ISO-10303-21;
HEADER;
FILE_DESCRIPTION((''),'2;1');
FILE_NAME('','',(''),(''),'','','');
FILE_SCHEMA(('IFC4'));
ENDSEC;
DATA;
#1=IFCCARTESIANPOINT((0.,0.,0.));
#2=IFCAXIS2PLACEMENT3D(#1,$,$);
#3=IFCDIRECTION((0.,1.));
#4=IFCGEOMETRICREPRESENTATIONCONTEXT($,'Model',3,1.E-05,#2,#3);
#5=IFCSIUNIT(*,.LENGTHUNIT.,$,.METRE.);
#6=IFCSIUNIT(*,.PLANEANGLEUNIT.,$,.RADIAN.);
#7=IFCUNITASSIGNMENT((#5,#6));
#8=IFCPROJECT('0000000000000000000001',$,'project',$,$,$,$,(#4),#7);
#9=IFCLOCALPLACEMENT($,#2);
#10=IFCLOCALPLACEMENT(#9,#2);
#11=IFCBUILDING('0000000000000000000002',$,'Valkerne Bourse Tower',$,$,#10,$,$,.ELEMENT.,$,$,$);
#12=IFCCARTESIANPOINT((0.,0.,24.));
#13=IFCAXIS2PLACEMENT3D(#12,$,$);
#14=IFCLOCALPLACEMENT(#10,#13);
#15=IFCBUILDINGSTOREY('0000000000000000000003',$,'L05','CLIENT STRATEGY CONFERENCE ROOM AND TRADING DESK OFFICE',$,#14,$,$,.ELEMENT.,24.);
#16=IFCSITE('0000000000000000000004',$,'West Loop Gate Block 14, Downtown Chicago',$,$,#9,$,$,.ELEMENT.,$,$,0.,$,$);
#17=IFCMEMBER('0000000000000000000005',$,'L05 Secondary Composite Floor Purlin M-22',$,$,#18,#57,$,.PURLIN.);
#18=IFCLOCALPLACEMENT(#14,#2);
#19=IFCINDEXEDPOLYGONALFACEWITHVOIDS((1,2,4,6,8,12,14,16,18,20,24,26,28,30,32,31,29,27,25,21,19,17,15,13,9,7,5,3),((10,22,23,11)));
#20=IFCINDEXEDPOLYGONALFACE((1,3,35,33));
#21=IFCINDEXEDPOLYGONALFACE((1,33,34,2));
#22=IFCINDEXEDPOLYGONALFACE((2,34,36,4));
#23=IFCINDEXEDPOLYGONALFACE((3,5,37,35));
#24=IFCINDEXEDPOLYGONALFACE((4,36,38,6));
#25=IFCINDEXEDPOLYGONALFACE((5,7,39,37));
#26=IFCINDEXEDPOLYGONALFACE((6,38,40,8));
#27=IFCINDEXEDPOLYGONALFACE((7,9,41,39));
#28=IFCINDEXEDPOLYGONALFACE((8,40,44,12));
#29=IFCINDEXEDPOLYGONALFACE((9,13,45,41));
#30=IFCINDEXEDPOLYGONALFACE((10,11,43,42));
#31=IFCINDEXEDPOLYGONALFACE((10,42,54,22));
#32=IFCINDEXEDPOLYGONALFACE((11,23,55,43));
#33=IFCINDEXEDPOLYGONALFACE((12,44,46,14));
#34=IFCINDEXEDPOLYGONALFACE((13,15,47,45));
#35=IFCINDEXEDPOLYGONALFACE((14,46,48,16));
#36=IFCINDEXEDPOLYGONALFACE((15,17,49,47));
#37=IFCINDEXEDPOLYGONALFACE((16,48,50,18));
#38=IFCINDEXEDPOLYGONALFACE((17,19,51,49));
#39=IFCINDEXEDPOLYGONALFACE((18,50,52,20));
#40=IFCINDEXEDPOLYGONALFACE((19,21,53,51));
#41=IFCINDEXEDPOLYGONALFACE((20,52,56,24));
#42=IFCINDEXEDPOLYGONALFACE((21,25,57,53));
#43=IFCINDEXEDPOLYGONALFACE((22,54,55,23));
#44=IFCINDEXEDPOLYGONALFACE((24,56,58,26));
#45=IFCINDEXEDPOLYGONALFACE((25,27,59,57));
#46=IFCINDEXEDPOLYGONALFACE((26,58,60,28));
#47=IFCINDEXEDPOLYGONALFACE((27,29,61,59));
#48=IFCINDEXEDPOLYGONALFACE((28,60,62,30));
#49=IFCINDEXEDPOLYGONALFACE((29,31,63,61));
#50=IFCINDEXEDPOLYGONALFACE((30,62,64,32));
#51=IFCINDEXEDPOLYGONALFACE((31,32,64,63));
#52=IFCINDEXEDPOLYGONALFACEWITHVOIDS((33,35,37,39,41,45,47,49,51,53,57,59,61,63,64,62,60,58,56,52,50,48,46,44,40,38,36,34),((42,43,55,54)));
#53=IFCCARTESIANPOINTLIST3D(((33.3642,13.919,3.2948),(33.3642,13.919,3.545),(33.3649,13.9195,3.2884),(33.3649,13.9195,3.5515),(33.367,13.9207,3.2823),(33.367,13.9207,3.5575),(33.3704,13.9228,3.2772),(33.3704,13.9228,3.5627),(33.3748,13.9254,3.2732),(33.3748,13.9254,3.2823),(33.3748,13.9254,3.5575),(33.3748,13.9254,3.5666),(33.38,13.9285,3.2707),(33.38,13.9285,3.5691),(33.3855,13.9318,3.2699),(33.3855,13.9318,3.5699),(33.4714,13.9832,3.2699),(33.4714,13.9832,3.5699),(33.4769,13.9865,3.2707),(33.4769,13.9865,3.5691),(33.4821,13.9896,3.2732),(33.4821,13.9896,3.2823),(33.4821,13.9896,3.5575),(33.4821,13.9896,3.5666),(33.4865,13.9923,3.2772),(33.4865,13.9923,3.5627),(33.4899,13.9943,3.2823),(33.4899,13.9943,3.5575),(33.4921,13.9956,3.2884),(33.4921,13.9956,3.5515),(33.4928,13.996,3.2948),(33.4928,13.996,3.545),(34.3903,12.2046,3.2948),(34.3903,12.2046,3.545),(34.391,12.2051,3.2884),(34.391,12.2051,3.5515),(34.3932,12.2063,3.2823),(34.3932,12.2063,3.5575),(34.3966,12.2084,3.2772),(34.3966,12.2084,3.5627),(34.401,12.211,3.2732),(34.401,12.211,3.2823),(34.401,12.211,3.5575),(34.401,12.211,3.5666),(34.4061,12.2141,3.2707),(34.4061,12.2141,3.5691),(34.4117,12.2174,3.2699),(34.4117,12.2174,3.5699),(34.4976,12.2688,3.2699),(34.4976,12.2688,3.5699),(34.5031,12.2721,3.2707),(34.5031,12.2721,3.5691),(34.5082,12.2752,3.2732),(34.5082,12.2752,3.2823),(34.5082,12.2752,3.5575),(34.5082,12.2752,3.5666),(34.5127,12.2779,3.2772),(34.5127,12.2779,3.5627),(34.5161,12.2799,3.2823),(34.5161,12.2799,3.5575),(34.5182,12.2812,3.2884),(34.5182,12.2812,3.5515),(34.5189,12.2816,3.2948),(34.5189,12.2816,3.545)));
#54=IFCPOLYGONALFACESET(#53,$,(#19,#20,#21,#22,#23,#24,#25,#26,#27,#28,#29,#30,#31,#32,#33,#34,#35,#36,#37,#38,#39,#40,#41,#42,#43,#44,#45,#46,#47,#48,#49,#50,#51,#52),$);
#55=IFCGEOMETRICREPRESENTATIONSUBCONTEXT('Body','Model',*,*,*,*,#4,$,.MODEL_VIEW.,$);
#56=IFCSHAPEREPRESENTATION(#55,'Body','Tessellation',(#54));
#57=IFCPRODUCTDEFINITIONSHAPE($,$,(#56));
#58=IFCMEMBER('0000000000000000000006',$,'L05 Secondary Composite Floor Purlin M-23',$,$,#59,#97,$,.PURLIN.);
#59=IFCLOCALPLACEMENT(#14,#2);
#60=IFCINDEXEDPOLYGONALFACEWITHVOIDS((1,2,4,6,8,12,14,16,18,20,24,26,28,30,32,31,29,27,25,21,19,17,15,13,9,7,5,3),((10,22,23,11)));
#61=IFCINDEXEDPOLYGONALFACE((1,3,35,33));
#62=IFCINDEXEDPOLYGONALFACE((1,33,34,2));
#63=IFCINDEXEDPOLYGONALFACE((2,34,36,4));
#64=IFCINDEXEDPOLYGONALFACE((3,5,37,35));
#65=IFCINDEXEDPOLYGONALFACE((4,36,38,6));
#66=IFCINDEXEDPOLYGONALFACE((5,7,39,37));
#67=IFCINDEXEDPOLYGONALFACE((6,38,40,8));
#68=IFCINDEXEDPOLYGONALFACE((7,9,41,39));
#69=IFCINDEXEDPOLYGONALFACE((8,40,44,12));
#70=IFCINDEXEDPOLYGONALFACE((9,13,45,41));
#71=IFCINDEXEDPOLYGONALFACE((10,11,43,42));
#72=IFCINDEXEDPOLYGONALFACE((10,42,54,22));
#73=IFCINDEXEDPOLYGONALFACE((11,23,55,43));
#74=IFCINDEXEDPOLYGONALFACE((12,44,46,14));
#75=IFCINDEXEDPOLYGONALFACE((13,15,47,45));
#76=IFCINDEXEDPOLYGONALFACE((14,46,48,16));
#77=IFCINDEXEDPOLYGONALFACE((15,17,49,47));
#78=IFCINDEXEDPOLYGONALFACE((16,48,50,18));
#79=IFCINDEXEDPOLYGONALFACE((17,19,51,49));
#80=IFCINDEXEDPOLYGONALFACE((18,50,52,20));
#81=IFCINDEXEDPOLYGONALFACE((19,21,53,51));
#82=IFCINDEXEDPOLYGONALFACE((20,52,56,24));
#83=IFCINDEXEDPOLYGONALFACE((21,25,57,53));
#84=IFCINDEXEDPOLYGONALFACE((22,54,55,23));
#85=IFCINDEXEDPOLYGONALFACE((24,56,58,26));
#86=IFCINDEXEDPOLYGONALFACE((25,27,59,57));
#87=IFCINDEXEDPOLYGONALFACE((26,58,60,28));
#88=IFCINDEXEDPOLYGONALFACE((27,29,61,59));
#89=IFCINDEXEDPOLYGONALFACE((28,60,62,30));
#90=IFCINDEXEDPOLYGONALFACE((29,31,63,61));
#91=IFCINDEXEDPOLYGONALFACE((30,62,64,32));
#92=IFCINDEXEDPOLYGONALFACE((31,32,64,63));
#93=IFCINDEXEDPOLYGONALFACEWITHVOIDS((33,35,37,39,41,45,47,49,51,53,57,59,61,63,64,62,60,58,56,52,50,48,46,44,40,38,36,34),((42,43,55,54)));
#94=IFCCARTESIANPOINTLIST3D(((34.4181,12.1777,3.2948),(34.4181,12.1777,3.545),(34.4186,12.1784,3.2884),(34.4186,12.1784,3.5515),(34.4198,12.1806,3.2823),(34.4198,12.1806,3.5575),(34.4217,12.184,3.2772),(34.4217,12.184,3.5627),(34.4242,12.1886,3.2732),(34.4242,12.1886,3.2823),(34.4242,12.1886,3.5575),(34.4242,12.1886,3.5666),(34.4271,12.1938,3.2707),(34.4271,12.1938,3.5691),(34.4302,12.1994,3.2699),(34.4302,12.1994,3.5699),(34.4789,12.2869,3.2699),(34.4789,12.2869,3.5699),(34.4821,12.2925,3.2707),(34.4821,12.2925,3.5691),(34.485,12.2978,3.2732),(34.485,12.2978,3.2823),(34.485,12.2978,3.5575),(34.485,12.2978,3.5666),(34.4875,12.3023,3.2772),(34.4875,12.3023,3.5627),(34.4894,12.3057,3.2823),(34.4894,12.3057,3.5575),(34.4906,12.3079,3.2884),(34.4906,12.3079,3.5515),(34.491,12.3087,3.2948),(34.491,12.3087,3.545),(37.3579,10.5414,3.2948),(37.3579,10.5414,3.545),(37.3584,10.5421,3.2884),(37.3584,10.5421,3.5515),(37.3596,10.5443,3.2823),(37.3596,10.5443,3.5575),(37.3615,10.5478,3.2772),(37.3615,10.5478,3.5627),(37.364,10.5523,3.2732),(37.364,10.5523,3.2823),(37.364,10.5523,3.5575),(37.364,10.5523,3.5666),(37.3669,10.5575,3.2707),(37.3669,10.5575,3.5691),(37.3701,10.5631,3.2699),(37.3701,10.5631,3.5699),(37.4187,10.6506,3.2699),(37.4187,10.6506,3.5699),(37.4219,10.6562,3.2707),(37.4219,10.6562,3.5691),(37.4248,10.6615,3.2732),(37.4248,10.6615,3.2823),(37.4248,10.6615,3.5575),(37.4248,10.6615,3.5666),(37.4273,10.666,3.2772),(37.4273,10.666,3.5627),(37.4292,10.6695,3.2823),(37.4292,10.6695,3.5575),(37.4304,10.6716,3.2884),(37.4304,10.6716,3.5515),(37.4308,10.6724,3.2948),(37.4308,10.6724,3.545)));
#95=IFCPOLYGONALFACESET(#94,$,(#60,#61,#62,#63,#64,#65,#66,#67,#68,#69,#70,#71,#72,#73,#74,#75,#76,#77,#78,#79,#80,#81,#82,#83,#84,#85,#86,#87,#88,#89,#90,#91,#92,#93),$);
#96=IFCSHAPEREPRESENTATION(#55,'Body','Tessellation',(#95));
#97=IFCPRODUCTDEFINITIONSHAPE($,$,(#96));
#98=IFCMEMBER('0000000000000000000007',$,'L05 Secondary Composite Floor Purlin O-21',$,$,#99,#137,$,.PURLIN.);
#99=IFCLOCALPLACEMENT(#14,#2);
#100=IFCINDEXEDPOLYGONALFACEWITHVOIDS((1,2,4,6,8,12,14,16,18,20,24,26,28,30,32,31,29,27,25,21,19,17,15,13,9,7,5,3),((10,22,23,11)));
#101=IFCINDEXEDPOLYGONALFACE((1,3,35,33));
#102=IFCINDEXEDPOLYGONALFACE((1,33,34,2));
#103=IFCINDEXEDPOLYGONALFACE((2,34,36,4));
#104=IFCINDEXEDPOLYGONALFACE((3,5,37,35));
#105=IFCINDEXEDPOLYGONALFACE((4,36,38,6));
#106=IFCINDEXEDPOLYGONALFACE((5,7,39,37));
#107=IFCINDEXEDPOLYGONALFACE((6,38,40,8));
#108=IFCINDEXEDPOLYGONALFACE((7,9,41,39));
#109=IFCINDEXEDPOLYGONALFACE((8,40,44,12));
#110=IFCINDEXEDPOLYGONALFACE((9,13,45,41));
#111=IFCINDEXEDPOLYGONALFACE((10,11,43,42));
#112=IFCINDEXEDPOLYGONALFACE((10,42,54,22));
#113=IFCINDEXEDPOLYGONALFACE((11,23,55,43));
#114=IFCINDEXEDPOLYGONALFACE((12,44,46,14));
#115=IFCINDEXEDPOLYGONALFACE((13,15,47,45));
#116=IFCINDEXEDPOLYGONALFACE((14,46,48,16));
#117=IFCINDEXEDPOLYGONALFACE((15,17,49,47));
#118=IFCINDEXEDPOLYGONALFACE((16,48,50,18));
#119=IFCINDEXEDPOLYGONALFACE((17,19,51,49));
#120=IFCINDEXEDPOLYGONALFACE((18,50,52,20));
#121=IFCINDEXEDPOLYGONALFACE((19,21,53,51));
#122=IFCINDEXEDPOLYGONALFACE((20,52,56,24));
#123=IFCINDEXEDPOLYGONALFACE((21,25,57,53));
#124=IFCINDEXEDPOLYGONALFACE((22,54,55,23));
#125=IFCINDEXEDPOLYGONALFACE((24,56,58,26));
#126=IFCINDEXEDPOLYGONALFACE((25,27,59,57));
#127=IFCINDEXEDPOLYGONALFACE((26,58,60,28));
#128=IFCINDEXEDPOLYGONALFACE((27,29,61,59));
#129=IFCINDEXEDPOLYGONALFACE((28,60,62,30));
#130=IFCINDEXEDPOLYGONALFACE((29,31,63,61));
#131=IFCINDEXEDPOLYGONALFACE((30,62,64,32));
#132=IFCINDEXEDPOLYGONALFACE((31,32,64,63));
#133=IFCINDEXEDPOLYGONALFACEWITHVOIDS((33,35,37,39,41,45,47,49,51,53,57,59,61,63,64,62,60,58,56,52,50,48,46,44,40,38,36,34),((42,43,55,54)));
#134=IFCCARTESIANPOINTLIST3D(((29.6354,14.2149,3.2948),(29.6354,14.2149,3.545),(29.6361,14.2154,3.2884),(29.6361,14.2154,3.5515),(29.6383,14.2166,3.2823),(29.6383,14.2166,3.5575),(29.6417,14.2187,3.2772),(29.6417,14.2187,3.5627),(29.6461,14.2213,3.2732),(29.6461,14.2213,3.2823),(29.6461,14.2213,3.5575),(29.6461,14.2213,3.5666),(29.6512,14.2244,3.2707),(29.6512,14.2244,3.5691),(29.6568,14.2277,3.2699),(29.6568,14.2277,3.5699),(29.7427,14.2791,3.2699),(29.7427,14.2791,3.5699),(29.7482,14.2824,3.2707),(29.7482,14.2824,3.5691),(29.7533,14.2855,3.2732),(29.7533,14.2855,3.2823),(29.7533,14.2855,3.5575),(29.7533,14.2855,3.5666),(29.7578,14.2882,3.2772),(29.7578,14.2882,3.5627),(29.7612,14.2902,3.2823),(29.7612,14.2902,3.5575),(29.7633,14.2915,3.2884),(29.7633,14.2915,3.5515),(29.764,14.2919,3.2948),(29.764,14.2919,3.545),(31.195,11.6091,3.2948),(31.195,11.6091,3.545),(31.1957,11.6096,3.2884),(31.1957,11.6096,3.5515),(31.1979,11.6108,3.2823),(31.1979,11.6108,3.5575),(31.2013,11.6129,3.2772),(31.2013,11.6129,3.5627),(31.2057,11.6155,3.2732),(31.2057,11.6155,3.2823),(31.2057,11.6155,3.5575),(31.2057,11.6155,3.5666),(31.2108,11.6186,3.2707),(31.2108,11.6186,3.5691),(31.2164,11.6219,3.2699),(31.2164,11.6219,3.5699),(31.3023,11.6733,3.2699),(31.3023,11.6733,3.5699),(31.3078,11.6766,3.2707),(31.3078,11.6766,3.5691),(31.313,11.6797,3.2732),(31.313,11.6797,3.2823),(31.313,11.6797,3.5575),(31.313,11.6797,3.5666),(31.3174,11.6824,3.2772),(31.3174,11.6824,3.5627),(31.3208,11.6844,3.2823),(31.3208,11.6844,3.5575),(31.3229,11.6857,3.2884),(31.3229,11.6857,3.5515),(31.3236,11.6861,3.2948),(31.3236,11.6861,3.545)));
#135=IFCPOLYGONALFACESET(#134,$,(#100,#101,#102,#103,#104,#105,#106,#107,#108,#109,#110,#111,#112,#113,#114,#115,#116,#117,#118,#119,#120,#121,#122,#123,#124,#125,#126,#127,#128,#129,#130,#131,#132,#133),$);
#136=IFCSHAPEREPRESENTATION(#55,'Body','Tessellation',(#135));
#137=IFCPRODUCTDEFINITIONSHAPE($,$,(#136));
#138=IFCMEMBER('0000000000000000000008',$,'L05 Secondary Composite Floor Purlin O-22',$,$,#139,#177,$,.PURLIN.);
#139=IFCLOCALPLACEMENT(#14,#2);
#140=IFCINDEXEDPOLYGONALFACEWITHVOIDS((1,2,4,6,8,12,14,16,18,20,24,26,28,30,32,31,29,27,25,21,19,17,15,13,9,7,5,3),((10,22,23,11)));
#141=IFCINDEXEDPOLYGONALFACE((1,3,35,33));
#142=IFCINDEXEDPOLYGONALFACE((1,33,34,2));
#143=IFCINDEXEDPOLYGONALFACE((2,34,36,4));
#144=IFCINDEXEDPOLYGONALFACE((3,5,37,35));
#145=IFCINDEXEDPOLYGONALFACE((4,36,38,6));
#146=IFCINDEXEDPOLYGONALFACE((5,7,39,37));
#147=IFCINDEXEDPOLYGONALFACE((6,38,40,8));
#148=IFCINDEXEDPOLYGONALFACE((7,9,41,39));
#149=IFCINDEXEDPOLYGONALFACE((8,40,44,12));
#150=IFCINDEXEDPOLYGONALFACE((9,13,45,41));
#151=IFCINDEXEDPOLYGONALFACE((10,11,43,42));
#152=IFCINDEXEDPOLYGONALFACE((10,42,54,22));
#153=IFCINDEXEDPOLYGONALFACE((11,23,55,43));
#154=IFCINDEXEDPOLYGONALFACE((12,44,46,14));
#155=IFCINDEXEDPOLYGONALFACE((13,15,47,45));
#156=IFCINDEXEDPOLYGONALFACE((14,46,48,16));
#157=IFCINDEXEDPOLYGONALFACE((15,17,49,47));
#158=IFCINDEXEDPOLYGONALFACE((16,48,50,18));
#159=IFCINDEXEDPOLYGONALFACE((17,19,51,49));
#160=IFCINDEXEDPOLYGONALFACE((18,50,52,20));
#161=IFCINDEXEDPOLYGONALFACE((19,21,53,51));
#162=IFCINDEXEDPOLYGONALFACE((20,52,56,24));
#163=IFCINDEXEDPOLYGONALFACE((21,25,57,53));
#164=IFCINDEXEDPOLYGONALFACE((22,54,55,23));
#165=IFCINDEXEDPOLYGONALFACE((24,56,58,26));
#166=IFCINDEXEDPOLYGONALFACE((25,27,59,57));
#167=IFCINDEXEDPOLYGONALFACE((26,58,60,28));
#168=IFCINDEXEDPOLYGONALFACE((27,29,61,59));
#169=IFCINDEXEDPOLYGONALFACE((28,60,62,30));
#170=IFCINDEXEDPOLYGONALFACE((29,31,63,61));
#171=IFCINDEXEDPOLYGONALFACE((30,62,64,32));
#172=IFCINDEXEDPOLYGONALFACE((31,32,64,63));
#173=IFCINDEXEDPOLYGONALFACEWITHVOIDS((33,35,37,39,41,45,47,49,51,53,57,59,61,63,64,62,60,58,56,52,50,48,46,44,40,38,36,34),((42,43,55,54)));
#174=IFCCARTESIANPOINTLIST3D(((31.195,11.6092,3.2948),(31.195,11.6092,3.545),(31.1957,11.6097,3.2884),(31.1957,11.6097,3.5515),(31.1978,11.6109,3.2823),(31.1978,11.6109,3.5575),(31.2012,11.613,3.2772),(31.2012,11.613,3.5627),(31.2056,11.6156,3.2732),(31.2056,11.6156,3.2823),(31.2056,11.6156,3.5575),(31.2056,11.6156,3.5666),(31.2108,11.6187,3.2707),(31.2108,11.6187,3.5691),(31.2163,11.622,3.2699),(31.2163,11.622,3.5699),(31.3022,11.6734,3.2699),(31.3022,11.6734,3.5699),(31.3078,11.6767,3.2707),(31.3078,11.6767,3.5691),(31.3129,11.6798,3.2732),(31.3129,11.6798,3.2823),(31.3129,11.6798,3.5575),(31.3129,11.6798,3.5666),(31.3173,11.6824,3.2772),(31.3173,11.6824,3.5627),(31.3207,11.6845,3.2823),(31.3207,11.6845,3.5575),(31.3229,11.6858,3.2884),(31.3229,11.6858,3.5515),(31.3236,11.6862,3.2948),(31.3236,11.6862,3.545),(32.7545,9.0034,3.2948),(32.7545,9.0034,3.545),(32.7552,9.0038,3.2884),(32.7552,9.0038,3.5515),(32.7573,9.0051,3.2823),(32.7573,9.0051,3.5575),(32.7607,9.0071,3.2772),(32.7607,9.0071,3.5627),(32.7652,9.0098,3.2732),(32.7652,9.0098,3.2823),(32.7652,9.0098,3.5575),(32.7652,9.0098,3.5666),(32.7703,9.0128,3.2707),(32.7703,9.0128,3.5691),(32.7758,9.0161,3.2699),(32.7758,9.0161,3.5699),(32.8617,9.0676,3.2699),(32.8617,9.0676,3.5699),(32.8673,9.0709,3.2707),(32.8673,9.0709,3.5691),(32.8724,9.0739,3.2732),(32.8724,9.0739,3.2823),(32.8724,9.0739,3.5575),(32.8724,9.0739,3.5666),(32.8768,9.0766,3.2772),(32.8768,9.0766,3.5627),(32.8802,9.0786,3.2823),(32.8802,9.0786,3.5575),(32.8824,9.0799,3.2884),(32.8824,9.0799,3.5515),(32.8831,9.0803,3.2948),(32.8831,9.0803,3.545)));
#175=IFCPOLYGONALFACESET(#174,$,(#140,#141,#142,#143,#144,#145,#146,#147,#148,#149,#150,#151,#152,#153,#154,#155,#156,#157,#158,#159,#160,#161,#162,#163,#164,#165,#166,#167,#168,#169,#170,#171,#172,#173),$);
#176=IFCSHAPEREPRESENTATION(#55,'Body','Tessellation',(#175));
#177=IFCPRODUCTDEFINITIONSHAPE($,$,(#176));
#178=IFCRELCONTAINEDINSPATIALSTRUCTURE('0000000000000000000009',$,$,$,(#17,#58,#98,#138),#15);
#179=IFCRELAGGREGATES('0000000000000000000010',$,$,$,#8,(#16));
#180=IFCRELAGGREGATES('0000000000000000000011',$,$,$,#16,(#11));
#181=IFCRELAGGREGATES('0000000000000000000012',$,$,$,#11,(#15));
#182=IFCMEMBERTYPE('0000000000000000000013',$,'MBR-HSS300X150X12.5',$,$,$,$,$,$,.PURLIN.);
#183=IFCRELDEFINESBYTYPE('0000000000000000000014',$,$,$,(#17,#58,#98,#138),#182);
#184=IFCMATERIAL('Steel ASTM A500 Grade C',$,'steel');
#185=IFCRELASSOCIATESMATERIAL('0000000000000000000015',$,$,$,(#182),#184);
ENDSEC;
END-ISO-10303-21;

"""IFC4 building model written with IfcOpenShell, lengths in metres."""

from ifc_helpers import new_model, si_unit, direction, frame, origin, origin_2d, place, context, subcontext, project, spatial, hollow_rectangle, extrude, material, material_profile, profile_set, type_object, element, save


model = new_model("IFC4")

# Units and contexts
model_context = context("Model", 3, precision=1e-05, world=origin(), true_north=direction((0.0, 1.0)))
body_context = subcontext(model_context, "Body", "Model", "MODEL_VIEW")
ifc_project = project(units=[si_unit("LENGTHUNIT", "METRE"), si_unit("PLANEANGLEUNIT", "RADIAN")], contexts=[model_context])

# Site, building, storey
site_placement = place(None, origin())
site = spatial("IfcSite", under=ifc_project, at=site_placement, Name="West Loop Gate Block 14, Downtown Chicago", CompositionType="ELEMENT", RefElevation=0.0)
building_placement = place(site_placement, origin())
building = spatial("IfcBuilding", under=site, at=building_placement, Name="Valkerne Bourse Tower", CompositionType="ELEMENT")
storey_placement = place(building_placement, frame((0.0, 0.0, 24.0)))
storey = spatial("IfcBuildingStorey", under=building, at=storey_placement, Name="L05", Description="CLIENT STRATEGY CONFERENCE ROOM AND TRADING DESK OFFICE", CompositionType="ELEMENT", Elevation=24.0)

# Members
ifc_material_1 = material(Name="Steel ASTM A500 Grade C", Category="steel")
ifc_material_profile_1 = material_profile(ifc_material_1, hollow_rectangle(XDim=0.1499, YDim=0.3, WallThickness=0.0125, OuterFilletRadius=0.0249, at=origin_2d()), Name="HSS300X150X12.5")
ifc_profile_set_1 = profile_set([ifc_material_profile_1], Name="Steel ASTM A500 Grade C")
member_type_1 = type_object("IfcMemberType", Name="MBR-HSS300X150X12.5", PredefinedType="PURLIN", material=ifc_profile_set_1)
for number, where, z_axis, x_axis, name in (
    (1, (33.4285, 13.9575, 3.4199), (0.513579, -0.858042, 0.0), (0.858042, 0.513579, 0.0), "L05 Secondary Composite Floor Purlin M-22"),
):
    element("IfcMember", number, at=place(storey_placement, frame(where, z_axis=z_axis, x_axis=x_axis)), inside=storey, type_object=member_type_1, Name=name, PredefinedType="PURLIN", context=body_context, shape_type="SweptSolid", body=[
        extrude(hollow_rectangle(XDim=0.1499, YDim=0.3, WallThickness=0.0125, OuterFilletRadius=0.0249, at=origin_2d()), origin(), (0.0, 0.0, 1.0), 1.998),
    ])
member_1_placement = place(storey_placement, frame((34.4546, 12.2432, 3.4199), z_axis=(0.87377, -0.486339, 0.0), x_axis=(0.486339, 0.87377, 0.0)))
element("IfcMember", 2, at=member_1_placement, inside=storey, type_object=member_type_1, Name="L05 Secondary Composite Floor Purlin M-23", PredefinedType="PURLIN", context=body_context, shape_type="SweptSolid", body=[
    extrude(hollow_rectangle(XDim=0.1499, YDim=0.3, WallThickness=0.0125, OuterFilletRadius=0.0249, at=origin_2d()), origin(), (0.0, 0.0, 1.0), 3.3645),
])
for number, where, z_axis, x_axis, name in (
    (3, (29.6997, 14.2534, 3.4199), (0.513561, -0.858053, 0.0), (0.858053, 0.513561, 0.0), "L05 Secondary Composite Floor Purlin O-21"),
    (4, (31.2593, 11.6477, 3.4199), (0.513526, -0.858074, 0.0), (0.858074, 0.513526, 0.0), "L05 Secondary Composite Floor Purlin O-22"),
):
    element("IfcMember", number, at=place(storey_placement, frame(where, z_axis=z_axis, x_axis=x_axis)), inside=storey, type_object=member_type_1, Name=name, PredefinedType="PURLIN", context=body_context, shape_type="SweptSolid", body=[
        extrude(hollow_rectangle(XDim=0.1499, YDim=0.3, WallThickness=0.0125, OuterFilletRadius=0.0249, at=origin_2d()), origin(), (0.0, 0.0, 1.0), 3.0369),
    ])

save(model, "model.ifc")
